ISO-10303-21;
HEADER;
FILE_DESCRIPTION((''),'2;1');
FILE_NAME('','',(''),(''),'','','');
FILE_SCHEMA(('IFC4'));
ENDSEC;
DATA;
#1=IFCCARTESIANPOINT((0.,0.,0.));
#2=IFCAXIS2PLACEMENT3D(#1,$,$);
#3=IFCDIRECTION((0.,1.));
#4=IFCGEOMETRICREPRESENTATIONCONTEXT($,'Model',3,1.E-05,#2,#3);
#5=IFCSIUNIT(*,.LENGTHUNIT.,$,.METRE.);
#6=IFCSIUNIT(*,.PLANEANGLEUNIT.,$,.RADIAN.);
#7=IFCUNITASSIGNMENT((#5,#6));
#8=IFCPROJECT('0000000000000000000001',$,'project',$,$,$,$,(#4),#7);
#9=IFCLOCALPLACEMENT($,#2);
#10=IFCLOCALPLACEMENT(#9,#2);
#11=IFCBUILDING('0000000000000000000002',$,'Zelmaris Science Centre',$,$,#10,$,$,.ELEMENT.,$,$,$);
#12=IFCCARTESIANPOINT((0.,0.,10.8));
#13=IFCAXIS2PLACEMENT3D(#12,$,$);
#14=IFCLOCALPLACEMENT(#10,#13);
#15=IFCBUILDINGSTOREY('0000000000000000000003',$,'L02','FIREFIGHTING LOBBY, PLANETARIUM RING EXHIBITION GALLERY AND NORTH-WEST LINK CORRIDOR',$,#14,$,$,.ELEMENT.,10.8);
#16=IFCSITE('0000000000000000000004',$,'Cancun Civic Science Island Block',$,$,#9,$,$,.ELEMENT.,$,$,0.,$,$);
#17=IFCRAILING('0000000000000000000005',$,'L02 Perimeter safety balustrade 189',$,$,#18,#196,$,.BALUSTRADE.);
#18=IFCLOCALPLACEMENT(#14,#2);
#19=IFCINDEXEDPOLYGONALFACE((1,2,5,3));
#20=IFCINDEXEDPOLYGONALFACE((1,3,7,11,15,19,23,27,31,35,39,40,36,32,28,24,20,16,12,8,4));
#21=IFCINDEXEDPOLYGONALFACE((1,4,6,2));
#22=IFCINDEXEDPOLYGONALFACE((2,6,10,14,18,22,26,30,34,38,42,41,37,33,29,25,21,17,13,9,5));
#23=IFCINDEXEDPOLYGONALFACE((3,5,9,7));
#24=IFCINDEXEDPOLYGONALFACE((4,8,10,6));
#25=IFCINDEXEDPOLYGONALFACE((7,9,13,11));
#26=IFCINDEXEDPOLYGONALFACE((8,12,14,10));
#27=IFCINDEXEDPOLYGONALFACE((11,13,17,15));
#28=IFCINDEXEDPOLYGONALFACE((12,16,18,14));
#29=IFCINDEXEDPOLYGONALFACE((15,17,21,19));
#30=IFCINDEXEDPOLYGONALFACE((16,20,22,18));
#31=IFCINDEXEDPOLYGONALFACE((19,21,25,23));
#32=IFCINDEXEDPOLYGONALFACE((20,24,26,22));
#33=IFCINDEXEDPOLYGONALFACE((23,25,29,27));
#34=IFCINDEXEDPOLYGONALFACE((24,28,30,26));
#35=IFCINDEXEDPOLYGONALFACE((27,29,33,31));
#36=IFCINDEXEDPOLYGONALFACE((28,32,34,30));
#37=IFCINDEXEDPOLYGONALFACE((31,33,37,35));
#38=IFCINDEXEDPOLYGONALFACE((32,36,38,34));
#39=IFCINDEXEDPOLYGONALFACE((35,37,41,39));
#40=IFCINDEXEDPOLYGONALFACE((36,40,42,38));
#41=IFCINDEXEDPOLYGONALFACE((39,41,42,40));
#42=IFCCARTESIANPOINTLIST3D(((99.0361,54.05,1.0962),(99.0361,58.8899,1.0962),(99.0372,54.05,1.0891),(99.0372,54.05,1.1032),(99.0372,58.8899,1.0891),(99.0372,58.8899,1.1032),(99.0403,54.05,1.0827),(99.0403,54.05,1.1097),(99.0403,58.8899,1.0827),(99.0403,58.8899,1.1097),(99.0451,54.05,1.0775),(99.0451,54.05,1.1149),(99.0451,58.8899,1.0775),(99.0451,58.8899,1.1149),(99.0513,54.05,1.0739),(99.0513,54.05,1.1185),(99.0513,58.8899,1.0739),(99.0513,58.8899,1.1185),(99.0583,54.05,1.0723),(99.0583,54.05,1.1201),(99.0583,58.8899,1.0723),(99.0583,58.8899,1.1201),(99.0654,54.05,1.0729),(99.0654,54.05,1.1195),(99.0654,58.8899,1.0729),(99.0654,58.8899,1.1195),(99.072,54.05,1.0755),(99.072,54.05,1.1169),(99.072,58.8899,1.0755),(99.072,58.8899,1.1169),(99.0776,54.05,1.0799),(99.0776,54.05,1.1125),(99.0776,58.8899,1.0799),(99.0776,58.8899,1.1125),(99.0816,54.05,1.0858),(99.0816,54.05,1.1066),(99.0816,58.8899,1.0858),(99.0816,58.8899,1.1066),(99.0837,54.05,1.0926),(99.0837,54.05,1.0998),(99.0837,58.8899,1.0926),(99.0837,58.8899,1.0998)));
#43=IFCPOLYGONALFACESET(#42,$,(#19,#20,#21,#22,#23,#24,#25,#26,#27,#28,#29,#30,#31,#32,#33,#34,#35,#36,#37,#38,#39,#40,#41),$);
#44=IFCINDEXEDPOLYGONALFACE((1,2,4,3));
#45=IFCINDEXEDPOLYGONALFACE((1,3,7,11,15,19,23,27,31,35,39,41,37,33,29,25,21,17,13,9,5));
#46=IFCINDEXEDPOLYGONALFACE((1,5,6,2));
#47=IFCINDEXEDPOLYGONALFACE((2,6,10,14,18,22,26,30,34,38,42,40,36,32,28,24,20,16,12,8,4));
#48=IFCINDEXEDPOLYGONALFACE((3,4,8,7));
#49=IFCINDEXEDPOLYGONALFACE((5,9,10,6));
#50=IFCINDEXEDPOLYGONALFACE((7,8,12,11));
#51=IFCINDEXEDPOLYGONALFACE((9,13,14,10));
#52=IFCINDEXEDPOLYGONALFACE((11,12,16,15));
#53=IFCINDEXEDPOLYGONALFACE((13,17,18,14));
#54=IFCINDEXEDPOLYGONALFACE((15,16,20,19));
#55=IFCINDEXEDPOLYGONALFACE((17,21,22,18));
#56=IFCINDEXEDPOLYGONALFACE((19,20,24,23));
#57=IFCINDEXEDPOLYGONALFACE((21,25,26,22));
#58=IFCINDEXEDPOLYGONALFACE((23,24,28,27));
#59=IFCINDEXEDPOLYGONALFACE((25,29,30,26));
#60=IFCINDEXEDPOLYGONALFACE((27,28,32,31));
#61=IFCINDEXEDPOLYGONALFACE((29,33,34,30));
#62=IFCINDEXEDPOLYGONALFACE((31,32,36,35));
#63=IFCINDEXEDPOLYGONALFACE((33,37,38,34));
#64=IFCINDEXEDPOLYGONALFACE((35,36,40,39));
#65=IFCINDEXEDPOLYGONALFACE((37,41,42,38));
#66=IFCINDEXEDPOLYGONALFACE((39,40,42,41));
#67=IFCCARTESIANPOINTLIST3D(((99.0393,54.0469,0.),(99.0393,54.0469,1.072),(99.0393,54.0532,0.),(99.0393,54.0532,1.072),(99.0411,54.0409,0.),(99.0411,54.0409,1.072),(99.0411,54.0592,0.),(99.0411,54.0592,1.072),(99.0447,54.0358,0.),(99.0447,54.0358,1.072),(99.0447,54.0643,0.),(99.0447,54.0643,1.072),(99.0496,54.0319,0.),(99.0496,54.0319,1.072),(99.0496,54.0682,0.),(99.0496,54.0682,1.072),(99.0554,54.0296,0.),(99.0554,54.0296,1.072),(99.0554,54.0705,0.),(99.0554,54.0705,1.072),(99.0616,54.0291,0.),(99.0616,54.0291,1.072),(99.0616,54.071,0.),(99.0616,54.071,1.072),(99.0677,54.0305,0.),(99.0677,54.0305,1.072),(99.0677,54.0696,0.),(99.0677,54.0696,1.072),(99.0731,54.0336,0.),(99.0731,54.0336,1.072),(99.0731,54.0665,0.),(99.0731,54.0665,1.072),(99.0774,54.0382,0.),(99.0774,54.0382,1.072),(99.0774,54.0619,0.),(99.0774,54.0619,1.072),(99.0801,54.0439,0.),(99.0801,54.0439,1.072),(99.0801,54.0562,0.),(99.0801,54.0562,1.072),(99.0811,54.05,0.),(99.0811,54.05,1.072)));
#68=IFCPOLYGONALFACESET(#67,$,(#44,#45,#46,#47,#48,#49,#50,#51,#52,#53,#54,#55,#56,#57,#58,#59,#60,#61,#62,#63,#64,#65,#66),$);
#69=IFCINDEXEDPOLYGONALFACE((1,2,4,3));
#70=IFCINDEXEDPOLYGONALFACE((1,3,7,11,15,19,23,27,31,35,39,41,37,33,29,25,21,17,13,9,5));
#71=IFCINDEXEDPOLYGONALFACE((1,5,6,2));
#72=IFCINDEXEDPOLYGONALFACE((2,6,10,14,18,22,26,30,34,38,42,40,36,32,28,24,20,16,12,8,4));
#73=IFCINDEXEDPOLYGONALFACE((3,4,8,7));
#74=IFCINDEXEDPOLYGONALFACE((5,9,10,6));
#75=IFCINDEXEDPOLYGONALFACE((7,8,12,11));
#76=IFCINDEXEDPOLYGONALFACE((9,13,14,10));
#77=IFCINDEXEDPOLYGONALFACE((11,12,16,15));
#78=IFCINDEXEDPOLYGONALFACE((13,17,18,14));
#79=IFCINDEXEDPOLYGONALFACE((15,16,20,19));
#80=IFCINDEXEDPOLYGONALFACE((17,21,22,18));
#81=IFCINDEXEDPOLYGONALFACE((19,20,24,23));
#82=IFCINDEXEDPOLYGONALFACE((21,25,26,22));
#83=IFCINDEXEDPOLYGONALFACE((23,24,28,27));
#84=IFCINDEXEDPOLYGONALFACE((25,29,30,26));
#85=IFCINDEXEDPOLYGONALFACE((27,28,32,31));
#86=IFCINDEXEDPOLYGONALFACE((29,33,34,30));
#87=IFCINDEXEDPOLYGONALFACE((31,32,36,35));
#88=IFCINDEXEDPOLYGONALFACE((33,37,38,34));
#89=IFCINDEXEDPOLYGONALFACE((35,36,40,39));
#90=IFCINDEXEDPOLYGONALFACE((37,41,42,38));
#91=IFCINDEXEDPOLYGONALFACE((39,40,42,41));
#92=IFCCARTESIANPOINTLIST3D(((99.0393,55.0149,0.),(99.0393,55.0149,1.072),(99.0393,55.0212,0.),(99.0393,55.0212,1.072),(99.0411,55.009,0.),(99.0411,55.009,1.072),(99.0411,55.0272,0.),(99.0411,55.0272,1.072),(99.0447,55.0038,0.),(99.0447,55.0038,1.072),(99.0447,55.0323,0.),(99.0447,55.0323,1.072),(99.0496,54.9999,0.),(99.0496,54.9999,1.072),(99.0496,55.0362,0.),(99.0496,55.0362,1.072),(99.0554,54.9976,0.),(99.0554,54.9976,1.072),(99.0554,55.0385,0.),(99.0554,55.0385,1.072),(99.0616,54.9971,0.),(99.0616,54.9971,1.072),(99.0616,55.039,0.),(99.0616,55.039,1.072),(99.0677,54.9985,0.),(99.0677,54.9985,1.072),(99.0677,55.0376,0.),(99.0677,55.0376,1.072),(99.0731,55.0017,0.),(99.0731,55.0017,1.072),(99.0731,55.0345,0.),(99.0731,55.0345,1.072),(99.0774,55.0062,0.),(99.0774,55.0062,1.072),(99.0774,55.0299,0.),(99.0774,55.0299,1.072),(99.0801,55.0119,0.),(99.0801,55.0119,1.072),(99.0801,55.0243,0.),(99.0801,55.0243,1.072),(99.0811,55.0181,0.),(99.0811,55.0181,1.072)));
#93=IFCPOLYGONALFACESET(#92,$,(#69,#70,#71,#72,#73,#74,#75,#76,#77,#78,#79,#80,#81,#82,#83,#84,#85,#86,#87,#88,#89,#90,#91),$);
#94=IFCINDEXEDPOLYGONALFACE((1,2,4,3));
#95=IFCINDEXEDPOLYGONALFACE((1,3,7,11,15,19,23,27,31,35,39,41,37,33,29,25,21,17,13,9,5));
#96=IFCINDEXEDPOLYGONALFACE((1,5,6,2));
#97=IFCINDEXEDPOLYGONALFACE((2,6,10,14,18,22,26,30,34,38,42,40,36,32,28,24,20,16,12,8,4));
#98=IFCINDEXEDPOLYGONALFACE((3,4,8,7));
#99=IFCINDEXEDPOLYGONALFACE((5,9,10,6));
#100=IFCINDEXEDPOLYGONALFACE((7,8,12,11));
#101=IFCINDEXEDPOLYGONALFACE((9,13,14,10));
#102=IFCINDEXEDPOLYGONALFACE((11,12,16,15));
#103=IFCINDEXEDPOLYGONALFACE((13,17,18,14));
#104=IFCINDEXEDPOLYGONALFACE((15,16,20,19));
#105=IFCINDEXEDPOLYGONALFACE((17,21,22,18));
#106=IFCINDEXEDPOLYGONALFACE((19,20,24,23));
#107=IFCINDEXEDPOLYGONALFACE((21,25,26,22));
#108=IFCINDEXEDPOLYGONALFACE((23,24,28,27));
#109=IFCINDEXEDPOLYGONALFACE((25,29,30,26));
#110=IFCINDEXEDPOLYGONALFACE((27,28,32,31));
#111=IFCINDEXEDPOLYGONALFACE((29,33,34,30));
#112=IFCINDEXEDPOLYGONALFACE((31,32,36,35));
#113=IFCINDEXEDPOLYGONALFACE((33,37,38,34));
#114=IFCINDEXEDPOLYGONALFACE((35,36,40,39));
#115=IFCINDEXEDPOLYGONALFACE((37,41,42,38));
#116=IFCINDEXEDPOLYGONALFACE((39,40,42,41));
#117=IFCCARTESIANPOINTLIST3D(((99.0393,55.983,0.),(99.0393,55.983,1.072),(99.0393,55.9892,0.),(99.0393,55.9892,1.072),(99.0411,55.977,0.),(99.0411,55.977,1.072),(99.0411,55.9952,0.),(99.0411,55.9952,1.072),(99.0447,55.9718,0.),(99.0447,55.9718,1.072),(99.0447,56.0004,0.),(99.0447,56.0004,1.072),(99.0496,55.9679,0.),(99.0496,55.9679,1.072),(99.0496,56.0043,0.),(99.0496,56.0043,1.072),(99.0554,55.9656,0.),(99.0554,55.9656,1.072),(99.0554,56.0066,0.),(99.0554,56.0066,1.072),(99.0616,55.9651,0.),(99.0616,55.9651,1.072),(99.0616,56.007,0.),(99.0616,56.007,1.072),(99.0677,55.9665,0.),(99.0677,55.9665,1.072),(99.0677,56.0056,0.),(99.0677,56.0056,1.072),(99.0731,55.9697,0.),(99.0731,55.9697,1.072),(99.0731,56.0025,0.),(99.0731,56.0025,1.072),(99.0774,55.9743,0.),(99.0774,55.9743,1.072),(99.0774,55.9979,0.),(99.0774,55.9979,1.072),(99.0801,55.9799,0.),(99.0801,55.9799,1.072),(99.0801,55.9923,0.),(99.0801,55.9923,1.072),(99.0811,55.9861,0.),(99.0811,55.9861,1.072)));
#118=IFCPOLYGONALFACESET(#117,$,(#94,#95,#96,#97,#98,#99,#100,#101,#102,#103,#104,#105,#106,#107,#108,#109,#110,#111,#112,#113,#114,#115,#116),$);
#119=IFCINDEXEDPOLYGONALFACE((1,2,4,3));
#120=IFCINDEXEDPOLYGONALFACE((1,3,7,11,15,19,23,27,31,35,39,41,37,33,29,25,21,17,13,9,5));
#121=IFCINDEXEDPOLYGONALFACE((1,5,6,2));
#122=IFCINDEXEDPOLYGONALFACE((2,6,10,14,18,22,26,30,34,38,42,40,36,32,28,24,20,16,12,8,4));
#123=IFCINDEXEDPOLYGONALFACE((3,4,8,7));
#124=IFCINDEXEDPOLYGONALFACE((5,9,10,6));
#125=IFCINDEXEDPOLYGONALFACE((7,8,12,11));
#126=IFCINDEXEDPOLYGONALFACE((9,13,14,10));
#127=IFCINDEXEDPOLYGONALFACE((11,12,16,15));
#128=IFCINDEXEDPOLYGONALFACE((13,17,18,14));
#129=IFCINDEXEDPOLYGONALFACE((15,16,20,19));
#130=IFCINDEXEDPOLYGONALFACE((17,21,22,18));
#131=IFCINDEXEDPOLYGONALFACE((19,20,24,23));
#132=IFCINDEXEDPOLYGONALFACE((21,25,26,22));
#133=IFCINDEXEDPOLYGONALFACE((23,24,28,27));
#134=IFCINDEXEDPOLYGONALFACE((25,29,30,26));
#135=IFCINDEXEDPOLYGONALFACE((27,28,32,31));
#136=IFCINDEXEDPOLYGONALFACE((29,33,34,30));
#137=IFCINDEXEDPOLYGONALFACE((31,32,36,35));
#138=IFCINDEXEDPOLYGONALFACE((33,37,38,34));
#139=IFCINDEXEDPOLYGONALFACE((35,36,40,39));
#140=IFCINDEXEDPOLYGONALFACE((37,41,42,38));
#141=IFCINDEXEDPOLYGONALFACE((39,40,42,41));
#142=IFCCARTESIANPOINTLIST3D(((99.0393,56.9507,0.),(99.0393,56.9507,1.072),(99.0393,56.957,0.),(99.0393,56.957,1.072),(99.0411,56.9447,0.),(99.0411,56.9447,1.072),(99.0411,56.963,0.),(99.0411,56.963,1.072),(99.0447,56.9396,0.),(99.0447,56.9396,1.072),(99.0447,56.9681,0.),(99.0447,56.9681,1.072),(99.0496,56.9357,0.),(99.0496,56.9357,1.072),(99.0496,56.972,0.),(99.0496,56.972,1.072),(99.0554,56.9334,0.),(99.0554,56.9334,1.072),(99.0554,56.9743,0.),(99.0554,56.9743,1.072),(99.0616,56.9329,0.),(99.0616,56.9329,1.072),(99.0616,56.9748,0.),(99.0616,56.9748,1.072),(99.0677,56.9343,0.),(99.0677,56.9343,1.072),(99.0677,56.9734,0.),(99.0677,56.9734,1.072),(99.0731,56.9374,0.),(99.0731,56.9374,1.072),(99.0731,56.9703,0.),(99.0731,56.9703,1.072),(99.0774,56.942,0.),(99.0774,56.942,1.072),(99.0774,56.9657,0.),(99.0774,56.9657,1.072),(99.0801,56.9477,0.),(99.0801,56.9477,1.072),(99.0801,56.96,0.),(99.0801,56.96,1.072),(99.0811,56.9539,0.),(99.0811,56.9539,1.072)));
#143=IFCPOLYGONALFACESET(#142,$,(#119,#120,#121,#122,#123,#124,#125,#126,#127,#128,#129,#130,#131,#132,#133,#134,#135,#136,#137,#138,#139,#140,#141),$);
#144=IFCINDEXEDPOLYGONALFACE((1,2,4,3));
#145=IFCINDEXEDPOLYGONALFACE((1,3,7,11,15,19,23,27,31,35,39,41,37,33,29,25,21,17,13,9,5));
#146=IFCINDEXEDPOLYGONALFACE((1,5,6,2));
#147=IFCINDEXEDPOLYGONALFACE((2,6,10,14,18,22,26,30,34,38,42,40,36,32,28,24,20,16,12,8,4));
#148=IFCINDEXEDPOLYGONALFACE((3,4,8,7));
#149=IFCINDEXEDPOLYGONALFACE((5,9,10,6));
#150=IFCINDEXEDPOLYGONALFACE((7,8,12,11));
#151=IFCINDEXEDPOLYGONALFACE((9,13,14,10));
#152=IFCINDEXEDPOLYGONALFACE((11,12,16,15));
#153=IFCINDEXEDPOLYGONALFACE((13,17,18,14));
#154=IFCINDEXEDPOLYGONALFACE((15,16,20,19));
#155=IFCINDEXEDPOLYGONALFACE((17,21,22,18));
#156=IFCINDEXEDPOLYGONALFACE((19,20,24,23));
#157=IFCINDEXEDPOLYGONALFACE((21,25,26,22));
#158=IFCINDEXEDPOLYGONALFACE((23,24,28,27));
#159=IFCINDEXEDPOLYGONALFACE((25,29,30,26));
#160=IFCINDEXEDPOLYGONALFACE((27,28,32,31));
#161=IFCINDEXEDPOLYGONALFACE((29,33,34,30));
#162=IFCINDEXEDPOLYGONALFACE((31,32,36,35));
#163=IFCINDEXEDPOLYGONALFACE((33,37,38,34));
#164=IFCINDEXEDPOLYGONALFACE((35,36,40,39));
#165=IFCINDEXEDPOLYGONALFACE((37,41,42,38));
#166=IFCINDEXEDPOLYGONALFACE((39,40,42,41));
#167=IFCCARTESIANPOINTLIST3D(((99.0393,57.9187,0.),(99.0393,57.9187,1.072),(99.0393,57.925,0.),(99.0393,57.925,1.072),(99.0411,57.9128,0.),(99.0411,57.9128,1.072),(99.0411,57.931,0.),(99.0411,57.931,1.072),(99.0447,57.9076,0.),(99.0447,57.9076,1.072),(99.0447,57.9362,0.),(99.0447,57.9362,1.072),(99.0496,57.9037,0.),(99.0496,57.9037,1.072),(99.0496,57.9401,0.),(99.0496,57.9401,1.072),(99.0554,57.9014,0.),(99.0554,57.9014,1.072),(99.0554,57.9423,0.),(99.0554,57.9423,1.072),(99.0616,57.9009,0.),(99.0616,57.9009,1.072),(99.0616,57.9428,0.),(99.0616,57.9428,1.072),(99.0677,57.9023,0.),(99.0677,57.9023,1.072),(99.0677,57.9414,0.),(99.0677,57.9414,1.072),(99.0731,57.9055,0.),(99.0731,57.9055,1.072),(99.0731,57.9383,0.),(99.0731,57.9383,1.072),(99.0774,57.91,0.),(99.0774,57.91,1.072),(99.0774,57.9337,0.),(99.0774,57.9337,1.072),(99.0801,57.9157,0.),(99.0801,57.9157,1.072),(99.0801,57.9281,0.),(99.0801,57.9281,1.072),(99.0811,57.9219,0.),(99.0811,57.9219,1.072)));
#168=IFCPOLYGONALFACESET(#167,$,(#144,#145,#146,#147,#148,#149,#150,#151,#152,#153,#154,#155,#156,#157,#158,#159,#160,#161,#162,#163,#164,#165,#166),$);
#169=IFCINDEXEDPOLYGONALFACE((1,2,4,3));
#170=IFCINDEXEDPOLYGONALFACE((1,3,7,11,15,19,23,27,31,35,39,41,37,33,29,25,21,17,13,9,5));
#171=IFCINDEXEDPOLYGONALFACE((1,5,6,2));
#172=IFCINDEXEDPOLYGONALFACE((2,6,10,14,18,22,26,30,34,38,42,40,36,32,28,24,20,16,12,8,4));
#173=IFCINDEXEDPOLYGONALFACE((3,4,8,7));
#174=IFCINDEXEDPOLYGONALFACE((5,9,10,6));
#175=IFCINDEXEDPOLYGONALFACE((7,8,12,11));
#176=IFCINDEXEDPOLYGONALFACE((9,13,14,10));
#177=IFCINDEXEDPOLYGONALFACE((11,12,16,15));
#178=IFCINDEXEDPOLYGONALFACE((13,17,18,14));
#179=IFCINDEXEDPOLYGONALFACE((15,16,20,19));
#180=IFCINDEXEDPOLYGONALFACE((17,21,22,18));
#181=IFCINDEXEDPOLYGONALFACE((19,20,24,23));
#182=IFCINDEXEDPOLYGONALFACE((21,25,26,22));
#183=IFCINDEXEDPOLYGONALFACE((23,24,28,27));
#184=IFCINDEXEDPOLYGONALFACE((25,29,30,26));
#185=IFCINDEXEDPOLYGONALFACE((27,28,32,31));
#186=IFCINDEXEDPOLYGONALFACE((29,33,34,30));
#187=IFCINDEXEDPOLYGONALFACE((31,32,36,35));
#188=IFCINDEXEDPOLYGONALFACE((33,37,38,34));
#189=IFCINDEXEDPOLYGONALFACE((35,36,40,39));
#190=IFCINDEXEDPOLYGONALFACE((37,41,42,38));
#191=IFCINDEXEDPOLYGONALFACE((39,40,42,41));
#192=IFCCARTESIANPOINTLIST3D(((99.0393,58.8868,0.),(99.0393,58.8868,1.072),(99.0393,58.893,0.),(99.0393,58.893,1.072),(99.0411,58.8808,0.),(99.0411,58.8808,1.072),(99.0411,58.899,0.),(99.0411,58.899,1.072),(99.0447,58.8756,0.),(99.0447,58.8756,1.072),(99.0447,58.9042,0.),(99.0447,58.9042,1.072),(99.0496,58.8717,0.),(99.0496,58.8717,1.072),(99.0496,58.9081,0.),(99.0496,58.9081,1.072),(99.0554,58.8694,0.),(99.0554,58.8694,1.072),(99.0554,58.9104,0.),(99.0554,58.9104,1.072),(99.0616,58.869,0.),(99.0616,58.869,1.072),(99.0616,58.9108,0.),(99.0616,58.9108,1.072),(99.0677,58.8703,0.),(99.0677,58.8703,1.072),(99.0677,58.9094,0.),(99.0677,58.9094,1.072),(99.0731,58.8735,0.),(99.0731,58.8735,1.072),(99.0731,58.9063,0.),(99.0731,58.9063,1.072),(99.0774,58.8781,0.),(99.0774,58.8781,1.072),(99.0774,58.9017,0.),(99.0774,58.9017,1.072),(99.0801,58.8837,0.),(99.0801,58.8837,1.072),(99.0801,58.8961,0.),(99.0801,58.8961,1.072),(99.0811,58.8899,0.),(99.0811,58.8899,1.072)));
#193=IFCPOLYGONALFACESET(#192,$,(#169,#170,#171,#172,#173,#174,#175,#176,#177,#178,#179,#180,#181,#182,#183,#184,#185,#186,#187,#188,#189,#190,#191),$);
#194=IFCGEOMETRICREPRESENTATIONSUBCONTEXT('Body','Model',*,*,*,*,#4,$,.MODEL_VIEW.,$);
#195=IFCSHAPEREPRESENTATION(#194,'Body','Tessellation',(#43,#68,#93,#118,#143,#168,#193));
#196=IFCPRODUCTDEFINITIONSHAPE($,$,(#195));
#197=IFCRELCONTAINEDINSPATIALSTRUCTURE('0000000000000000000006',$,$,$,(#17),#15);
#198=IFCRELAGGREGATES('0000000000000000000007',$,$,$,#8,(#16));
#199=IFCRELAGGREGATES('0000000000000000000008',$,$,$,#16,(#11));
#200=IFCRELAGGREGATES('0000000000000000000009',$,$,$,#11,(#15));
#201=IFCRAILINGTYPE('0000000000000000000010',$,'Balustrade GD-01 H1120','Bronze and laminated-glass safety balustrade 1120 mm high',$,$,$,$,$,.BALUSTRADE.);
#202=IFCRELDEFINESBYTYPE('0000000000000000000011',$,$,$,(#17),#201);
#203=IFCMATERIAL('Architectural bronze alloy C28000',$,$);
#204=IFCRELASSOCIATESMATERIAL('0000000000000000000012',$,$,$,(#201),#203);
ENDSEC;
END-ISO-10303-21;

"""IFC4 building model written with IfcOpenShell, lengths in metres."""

from ifc_helpers import new_model, si_unit, direction, frame, origin, origin_2d, place, context, subcontext, project, spatial, circle, extrude, material, type_object, element, save


model = new_model("IFC4")

# Units and contexts
model_context = context("Model", 3, precision=1e-05, world=origin(), true_north=direction((0.0, 1.0)))
body_context = subcontext(model_context, "Body", "Model", "MODEL_VIEW")
ifc_project = project(units=[si_unit("LENGTHUNIT", "METRE"), si_unit("PLANEANGLEUNIT", "RADIAN")], contexts=[model_context])

# Site, building, storey
site_placement = place(None, origin())
site = spatial("IfcSite", under=ifc_project, at=site_placement, Name="Cancun Civic Science Island Block", CompositionType="ELEMENT", RefElevation=0.0)
building_placement = place(site_placement, origin())
building = spatial("IfcBuilding", under=site, at=building_placement, Name="Zelmaris Science Centre", CompositionType="ELEMENT")
storey_placement = place(building_placement, frame((0.0, 0.0, 10.8)))
storey = spatial("IfcBuildingStorey", under=building, at=storey_placement, Name="L02", Description="FIREFIGHTING LOBBY, PLANETARIUM RING EXHIBITION GALLERY AND NORTH-WEST LINK CORRIDOR", CompositionType="ELEMENT", Elevation=10.8)

# Railing
ifc_material_1 = material(Name="Architectural bronze alloy C28000")
railing_type = type_object("IfcRailingType", Name="Balustrade GD-01 H1120", Description="Bronze and laminated-glass safety balustrade 1120 mm high", PredefinedType="BALUSTRADE", material=ifc_material_1)
railing_1_placement = place(storey_placement, frame((99.0601, 54.05, 0.0)))
element("IfcRailing", 1, at=railing_1_placement, inside=storey, type_object=railing_type, Name="L02 Perimeter safety balustrade 189", PredefinedType="BALUSTRADE", context=body_context, shape_type="SweptSolid", body=[
    extrude(circle(Radius=0.0239, at=origin_2d()), frame((0.0, 0.0, 1.0962), z_axis=(0.0, 1.0, 0.0), x_axis=(-1.0, 0.0, 0.0)), (0.0, 0.0, 1.0), 4.8398),
    extrude(circle(Radius=0.021, at=origin_2d()), origin(), (0.0, 0.0, 1.0), 1.072),
    extrude(circle(Radius=0.021, at=origin_2d()), frame((0.0, 0.968, 0.0)), (0.0, 0.0, 1.0), 1.072),
    extrude(circle(Radius=0.021, at=origin_2d()), frame((0.0, 1.936, 0.0)), (0.0, 0.0, 1.0), 1.072),
    extrude(circle(Radius=0.021, at=origin_2d()), frame((0.0, 2.9038, 0.0)), (0.0, 0.0, 1.0), 1.072),
    extrude(circle(Radius=0.021, at=origin_2d()), frame((0.0, 3.8718, 0.0)), (0.0, 0.0, 1.0), 1.072),
    extrude(circle(Radius=0.021, at=origin_2d()), frame((0.0, 4.8398, 0.0)), (0.0, 0.0, 1.0), 1.072),
])

save(model, "model.ifc")
